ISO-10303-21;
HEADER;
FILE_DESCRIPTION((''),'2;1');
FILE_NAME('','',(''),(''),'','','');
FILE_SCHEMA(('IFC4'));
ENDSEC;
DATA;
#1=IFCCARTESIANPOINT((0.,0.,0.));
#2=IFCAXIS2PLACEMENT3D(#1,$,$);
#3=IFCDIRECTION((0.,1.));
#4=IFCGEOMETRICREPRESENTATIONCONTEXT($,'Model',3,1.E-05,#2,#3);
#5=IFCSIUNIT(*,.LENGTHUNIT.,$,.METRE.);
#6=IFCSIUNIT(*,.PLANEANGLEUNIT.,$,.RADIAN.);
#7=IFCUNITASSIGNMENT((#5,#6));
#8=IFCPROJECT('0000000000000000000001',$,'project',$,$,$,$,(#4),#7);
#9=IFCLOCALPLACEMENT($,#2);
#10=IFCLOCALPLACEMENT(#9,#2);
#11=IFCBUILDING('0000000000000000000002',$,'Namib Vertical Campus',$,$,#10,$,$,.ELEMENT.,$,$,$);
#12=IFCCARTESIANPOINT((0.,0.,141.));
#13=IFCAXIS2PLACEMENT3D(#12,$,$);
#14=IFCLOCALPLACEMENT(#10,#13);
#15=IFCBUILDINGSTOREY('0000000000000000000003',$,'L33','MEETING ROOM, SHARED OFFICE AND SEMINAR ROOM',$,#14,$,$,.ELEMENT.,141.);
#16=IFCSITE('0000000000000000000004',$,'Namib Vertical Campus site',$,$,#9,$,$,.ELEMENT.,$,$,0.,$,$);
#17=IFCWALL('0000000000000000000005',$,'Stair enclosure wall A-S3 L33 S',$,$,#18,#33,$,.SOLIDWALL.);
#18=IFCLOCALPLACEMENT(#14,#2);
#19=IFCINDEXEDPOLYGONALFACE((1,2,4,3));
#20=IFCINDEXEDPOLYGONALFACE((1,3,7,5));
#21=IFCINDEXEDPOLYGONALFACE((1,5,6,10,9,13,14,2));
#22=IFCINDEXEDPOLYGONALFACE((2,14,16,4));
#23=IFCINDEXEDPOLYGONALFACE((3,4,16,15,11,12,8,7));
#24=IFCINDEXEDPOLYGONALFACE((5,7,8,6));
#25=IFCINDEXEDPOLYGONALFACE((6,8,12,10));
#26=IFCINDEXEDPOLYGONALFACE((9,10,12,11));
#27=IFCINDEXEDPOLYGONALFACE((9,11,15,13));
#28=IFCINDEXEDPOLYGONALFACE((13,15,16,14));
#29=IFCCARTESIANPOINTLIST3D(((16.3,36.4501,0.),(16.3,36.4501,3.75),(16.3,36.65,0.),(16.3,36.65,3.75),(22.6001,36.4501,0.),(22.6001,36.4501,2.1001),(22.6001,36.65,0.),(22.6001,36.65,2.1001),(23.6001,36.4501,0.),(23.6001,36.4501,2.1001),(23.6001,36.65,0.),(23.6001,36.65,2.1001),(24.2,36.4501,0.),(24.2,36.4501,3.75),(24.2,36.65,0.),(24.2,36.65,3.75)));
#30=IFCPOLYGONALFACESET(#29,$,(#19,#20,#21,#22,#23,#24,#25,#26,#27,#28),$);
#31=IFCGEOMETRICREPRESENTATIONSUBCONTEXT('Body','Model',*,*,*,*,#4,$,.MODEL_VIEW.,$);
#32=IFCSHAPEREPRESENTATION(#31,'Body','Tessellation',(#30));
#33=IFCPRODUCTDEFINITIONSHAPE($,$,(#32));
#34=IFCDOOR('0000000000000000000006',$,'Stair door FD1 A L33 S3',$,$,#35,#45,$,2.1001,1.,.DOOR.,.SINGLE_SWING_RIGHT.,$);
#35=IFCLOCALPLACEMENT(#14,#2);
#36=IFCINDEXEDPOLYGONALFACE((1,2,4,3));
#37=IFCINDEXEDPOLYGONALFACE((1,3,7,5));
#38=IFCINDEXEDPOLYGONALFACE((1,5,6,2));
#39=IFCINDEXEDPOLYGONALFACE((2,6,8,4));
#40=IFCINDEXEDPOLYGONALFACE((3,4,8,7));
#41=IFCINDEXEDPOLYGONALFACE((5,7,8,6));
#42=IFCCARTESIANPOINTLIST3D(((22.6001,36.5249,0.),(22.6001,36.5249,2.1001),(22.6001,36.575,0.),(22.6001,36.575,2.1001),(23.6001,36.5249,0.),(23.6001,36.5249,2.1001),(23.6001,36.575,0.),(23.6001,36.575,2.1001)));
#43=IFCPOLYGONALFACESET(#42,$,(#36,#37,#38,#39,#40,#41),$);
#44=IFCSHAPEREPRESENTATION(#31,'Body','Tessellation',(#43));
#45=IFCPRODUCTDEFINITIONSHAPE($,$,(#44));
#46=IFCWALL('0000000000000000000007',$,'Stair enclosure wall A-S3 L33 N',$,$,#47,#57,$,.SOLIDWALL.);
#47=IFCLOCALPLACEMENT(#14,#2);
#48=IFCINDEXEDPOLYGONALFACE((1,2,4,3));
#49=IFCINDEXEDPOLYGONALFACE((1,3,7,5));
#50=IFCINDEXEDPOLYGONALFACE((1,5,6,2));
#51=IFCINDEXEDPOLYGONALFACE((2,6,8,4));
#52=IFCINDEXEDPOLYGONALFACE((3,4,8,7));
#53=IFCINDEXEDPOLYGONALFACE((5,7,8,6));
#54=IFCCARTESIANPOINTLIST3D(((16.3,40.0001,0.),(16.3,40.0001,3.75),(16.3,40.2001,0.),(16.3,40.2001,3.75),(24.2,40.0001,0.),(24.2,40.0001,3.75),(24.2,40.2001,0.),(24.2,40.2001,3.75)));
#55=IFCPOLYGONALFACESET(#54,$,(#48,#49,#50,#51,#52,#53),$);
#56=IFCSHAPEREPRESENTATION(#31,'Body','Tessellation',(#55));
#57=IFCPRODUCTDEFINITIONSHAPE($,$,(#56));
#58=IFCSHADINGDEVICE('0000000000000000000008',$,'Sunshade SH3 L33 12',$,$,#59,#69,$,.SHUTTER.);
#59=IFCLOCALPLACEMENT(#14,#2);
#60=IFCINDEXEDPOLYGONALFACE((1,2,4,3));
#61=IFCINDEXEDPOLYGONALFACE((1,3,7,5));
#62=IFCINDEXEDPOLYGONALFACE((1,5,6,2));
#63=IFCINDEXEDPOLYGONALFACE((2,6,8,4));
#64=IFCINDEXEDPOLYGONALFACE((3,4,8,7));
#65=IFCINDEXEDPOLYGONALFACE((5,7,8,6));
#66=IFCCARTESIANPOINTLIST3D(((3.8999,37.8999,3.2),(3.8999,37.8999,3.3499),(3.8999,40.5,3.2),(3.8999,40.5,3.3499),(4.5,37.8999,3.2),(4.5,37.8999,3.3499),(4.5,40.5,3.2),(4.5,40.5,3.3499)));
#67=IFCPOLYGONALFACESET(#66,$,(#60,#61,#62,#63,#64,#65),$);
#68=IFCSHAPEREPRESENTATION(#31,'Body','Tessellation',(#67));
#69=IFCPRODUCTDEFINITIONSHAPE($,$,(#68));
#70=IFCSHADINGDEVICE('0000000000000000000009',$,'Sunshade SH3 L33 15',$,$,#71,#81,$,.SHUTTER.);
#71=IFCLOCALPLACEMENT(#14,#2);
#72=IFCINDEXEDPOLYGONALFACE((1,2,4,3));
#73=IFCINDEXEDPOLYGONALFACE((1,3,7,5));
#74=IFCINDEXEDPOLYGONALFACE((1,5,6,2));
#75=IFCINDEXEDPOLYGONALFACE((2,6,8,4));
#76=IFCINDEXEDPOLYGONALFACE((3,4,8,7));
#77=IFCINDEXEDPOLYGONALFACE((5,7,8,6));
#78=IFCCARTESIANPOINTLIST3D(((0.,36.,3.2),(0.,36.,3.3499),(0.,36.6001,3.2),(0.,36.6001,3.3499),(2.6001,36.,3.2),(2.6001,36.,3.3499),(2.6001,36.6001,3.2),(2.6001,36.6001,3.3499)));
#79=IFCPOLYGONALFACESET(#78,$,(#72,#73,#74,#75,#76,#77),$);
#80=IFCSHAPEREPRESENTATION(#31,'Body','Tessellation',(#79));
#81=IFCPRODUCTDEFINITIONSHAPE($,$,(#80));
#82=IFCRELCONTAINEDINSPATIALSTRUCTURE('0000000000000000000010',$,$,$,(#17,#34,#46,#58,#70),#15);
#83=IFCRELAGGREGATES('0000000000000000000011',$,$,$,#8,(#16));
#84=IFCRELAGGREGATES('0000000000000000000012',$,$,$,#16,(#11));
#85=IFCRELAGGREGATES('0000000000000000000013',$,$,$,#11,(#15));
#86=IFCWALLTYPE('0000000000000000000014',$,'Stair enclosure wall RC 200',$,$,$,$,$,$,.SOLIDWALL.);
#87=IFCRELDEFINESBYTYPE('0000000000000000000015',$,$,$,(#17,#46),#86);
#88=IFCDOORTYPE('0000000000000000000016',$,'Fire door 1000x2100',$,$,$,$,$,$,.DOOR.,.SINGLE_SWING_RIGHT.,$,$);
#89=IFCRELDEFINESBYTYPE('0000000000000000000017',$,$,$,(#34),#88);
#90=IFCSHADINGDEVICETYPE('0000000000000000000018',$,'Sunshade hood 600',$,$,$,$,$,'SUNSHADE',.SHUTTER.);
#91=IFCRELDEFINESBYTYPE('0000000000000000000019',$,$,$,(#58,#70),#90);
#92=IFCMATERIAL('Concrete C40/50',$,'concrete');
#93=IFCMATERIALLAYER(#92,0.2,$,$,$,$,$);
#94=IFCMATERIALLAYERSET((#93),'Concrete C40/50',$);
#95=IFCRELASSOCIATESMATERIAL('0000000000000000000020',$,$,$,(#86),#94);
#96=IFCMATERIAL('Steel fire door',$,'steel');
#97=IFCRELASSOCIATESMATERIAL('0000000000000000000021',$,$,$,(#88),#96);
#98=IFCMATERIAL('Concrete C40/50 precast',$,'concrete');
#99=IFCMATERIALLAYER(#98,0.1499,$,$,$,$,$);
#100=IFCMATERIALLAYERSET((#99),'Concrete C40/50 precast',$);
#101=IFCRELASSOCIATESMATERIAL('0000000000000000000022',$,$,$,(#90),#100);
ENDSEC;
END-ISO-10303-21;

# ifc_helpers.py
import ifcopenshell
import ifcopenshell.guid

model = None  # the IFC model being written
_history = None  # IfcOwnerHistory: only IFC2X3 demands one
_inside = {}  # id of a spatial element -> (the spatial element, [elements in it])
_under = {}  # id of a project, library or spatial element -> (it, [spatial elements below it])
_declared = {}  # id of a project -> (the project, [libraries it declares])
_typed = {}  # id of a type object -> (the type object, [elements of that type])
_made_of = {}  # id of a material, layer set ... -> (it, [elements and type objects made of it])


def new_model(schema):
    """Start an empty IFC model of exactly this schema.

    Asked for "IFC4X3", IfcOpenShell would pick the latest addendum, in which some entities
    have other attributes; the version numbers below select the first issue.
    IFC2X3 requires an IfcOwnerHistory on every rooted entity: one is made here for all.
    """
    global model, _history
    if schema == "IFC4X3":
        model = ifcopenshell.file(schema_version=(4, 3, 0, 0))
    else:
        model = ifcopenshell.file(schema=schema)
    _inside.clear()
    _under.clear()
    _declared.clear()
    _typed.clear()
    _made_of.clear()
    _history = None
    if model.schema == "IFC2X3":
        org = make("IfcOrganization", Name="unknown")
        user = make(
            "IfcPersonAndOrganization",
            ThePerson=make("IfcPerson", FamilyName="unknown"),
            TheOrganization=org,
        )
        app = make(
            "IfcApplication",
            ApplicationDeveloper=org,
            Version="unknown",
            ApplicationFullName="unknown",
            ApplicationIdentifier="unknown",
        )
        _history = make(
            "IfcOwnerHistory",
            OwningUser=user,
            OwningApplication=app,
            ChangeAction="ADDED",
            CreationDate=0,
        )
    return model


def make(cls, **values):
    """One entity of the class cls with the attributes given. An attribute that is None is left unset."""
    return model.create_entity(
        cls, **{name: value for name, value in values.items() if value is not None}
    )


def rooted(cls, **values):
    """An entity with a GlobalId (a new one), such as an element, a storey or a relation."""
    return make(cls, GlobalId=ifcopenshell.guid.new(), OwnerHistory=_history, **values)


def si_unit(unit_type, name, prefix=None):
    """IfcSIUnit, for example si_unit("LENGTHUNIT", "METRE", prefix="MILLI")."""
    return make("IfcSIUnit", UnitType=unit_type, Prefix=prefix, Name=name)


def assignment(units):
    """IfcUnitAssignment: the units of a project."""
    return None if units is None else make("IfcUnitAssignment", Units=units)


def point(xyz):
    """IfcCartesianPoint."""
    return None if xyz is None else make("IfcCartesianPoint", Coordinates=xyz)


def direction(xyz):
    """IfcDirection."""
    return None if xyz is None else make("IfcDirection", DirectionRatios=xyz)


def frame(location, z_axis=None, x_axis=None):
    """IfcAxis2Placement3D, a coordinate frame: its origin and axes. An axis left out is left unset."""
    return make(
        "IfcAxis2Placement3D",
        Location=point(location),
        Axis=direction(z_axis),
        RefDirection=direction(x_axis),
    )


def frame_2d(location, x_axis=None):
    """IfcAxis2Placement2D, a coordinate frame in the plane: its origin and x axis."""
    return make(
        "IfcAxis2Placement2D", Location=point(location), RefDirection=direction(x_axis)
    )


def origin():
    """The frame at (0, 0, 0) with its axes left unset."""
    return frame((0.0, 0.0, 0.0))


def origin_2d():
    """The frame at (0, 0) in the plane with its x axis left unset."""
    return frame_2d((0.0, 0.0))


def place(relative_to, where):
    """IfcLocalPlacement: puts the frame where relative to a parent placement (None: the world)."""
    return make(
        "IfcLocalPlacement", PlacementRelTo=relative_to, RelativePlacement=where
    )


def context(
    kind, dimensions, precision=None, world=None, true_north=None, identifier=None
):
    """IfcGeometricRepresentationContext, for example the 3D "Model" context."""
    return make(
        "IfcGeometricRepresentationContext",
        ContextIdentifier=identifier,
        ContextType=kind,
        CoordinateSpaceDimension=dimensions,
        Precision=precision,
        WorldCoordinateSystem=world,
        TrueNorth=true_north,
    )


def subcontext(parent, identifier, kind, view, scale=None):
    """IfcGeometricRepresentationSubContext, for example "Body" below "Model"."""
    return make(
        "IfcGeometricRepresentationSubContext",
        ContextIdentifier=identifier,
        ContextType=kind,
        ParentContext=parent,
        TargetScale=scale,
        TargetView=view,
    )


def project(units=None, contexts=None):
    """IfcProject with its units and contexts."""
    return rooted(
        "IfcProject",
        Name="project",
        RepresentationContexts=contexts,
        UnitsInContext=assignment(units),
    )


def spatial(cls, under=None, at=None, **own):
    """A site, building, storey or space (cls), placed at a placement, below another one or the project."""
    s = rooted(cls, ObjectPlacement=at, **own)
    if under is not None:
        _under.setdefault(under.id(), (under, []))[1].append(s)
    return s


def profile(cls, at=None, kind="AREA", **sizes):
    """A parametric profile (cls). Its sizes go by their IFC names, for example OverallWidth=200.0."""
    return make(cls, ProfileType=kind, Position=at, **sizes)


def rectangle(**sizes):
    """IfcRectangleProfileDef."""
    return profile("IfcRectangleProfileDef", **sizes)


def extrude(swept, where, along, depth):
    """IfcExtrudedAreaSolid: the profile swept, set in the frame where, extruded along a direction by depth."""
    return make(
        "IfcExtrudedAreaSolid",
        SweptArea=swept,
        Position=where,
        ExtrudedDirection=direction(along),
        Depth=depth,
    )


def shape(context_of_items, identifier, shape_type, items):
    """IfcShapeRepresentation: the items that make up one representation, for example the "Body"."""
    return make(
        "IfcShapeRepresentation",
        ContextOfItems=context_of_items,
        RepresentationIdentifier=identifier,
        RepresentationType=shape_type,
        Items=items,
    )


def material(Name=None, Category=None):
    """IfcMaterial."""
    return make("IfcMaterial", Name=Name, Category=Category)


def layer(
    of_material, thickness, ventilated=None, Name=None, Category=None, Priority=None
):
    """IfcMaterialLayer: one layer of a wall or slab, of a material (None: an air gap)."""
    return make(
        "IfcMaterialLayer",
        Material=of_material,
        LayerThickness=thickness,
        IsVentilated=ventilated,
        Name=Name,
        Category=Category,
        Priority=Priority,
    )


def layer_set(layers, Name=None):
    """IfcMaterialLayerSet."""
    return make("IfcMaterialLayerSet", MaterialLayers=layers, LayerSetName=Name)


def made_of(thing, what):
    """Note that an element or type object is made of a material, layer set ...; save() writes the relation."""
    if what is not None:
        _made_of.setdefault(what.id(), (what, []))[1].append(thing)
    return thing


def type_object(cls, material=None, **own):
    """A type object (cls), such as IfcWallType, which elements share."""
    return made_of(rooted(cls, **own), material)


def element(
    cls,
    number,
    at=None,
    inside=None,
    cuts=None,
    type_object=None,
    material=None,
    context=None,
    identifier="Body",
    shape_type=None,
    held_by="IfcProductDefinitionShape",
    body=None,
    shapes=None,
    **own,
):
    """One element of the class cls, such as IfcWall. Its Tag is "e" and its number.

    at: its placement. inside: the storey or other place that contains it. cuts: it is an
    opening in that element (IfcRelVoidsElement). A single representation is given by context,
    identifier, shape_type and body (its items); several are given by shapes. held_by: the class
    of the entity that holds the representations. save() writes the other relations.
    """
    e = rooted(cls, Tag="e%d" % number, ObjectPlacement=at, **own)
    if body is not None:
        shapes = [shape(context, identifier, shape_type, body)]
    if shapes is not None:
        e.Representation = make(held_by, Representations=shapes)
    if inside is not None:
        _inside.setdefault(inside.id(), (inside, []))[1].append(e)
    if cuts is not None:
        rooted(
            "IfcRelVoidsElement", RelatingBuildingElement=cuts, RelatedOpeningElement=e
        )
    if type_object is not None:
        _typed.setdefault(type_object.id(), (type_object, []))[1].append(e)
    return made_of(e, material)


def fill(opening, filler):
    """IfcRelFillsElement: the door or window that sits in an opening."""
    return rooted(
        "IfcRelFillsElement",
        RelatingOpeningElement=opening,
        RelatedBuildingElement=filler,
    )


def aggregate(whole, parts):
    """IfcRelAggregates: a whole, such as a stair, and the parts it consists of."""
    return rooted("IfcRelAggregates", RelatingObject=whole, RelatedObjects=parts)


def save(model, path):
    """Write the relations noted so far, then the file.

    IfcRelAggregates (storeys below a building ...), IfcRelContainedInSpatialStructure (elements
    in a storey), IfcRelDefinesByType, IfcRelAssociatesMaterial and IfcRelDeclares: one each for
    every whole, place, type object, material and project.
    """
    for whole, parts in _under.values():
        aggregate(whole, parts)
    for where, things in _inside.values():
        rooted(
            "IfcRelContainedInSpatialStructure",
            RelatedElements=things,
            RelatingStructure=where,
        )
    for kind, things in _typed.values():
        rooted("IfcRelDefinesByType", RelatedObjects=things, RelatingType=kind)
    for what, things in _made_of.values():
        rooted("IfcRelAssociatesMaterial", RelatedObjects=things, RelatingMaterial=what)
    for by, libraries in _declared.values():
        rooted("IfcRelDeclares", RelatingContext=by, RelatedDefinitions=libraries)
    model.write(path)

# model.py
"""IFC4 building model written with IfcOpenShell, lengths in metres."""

from ifc_helpers import new_model, si_unit, direction, frame, frame_2d, origin, origin_2d, place, context, subcontext, project, spatial, rectangle, extrude, material, layer, layer_set, type_object, element, fill, save


model = new_model("IFC4")

# Units and contexts
model_context = context("Model", 3, precision=1e-05, world=origin(), true_north=direction((0.0, 1.0)))
body_context = subcontext(model_context, "Body", "Model", "MODEL_VIEW")
ifc_project = project(units=[si_unit("LENGTHUNIT", "METRE"), si_unit("PLANEANGLEUNIT", "RADIAN")], contexts=[model_context])

# Site, building, storey
site_placement = place(None, origin())
site = spatial("IfcSite", under=ifc_project, at=site_placement, Name="Namib Vertical Campus site", CompositionType="ELEMENT", RefElevation=0.0)
building_placement = place(site_placement, origin())
building = spatial("IfcBuilding", under=site, at=building_placement, Name="Namib Vertical Campus", CompositionType="ELEMENT")
storey_placement = place(building_placement, frame((0.0, 0.0, 141.0)))
storey = spatial("IfcBuildingStorey", under=building, at=storey_placement, Name="L33", Description="MEETING ROOM, SHARED OFFICE AND SEMINAR ROOM", CompositionType="ELEMENT", Elevation=141.0)

# Wall, opening, door
ifc_material_1 = material(Name="Concrete C40/50", Category="concrete")
ifc_layer_1 = layer(ifc_material_1, 0.2)
ifc_layer_set_1 = layer_set([ifc_layer_1], Name="Concrete C40/50")
wall_type_1 = type_object("IfcWallType", Name="Stair enclosure wall RC 200", PredefinedType="SOLIDWALL", material=ifc_layer_set_1)
wall_1_placement = place(storey_placement, frame((16.3, 36.55, 0.0), z_axis=(0.0, 0.0, 1.0), x_axis=(1.0, 0.0, 0.0)))
wall_1 = element("IfcWall", 1, at=wall_1_placement, inside=storey, type_object=wall_type_1, Name="Stair enclosure wall A-S3 L33 S", PredefinedType="SOLIDWALL", context=body_context, shape_type="SweptSolid", body=[
    extrude(rectangle(XDim=7.8999, YDim=0.2, at=frame_2d((3.95, 0.0))), origin(), (0.0, 0.0, 1.0), 3.75),
])
opening_1_placement = place(wall_1_placement, frame((6.3, 0.0, 0.0)))
opening_1 = element("IfcOpeningElement", 2, at=opening_1_placement, cuts=wall_1, PredefinedType="OPENING", context=body_context, shape_type="SweptSolid", body=[
    extrude(rectangle(XDim=1.0, YDim=2.1001, at=frame_2d((0.5, 1.05))), frame((0.0, 0.1099, 0.0), z_axis=(0.0, -1.0, 0.0), x_axis=(1.0, 0.0, 0.0)), (0.0, 0.0, 1.0), 0.22),
])
ifc_material_2 = material(Name="Steel fire door", Category="steel")
door_type = type_object("IfcDoorType", Name="Fire door 1000x2100", OperationType="SINGLE_SWING_RIGHT", PredefinedType="DOOR", material=ifc_material_2)
door_placement = place(opening_1_placement, origin())
door = element("IfcDoor", 3, at=door_placement, inside=storey, type_object=door_type, Name="Stair door FD1 A L33 S3", OperationType="SINGLE_SWING_RIGHT", OverallHeight=2.1001, OverallWidth=1.0, PredefinedType="DOOR", context=body_context, shape_type="SweptSolid", body=[
    extrude(rectangle(XDim=1.0, YDim=2.1001, at=frame_2d((0.5, 1.05))), frame((0.0, 0.0249, 0.0), z_axis=(0.0, -1.0, 0.0), x_axis=(1.0, 0.0, 0.0)), (0.0, 0.0, 1.0), 0.05),
])
fill(opening_1, door)

# Wall
wall_2_placement = place(storey_placement, frame((16.3, 40.1001, 0.0), z_axis=(0.0, 0.0, 1.0), x_axis=(1.0, 0.0, 0.0)))
element("IfcWall", 4, at=wall_2_placement, inside=storey, type_object=wall_type_1, Name="Stair enclosure wall A-S3 L33 N", PredefinedType="SOLIDWALL", context=body_context, shape_type="SweptSolid", body=[
    extrude(rectangle(XDim=7.8999, YDim=0.2, at=frame_2d((3.95, 0.0))), origin(), (0.0, 0.0, 1.0), 3.75),
])

# Shading devices
ifc_material_3 = material(Name="Concrete C40/50 precast", Category="concrete")
ifc_layer_2 = layer(ifc_material_3, 0.1499)
ifc_layer_set_2 = layer_set([ifc_layer_2], Name="Concrete C40/50 precast")
shading_device_type = type_object("IfcShadingDeviceType", Name="Sunshade hood 600", ElementType="SUNSHADE", PredefinedType="SHUTTER", material=ifc_layer_set_2)
for number, where, z_axis, x_axis, name in (
    (5, (4.2, 39.2, 3.2), (0.0, 0.0, 1.0), (0.0, -1.0, 0.0), "Sunshade SH3 L33 12"),
    (6, (1.3, 36.3, 3.2), (0.0, 0.0, 1.0), (-1.0, 0.0, 0.0), "Sunshade SH3 L33 15"),
):
    element("IfcShadingDevice", number, at=place(storey_placement, frame(where, z_axis=z_axis, x_axis=x_axis)), inside=storey, type_object=shading_device_type, Name=name, PredefinedType="SHUTTER", context=body_context, shape_type="SweptSolid", body=[
        extrude(rectangle(XDim=2.6001, YDim=0.6001, at=origin_2d()), origin(), (0.0, 0.0, 1.0), 0.1499),
    ])

save(model, "model.ifc")
